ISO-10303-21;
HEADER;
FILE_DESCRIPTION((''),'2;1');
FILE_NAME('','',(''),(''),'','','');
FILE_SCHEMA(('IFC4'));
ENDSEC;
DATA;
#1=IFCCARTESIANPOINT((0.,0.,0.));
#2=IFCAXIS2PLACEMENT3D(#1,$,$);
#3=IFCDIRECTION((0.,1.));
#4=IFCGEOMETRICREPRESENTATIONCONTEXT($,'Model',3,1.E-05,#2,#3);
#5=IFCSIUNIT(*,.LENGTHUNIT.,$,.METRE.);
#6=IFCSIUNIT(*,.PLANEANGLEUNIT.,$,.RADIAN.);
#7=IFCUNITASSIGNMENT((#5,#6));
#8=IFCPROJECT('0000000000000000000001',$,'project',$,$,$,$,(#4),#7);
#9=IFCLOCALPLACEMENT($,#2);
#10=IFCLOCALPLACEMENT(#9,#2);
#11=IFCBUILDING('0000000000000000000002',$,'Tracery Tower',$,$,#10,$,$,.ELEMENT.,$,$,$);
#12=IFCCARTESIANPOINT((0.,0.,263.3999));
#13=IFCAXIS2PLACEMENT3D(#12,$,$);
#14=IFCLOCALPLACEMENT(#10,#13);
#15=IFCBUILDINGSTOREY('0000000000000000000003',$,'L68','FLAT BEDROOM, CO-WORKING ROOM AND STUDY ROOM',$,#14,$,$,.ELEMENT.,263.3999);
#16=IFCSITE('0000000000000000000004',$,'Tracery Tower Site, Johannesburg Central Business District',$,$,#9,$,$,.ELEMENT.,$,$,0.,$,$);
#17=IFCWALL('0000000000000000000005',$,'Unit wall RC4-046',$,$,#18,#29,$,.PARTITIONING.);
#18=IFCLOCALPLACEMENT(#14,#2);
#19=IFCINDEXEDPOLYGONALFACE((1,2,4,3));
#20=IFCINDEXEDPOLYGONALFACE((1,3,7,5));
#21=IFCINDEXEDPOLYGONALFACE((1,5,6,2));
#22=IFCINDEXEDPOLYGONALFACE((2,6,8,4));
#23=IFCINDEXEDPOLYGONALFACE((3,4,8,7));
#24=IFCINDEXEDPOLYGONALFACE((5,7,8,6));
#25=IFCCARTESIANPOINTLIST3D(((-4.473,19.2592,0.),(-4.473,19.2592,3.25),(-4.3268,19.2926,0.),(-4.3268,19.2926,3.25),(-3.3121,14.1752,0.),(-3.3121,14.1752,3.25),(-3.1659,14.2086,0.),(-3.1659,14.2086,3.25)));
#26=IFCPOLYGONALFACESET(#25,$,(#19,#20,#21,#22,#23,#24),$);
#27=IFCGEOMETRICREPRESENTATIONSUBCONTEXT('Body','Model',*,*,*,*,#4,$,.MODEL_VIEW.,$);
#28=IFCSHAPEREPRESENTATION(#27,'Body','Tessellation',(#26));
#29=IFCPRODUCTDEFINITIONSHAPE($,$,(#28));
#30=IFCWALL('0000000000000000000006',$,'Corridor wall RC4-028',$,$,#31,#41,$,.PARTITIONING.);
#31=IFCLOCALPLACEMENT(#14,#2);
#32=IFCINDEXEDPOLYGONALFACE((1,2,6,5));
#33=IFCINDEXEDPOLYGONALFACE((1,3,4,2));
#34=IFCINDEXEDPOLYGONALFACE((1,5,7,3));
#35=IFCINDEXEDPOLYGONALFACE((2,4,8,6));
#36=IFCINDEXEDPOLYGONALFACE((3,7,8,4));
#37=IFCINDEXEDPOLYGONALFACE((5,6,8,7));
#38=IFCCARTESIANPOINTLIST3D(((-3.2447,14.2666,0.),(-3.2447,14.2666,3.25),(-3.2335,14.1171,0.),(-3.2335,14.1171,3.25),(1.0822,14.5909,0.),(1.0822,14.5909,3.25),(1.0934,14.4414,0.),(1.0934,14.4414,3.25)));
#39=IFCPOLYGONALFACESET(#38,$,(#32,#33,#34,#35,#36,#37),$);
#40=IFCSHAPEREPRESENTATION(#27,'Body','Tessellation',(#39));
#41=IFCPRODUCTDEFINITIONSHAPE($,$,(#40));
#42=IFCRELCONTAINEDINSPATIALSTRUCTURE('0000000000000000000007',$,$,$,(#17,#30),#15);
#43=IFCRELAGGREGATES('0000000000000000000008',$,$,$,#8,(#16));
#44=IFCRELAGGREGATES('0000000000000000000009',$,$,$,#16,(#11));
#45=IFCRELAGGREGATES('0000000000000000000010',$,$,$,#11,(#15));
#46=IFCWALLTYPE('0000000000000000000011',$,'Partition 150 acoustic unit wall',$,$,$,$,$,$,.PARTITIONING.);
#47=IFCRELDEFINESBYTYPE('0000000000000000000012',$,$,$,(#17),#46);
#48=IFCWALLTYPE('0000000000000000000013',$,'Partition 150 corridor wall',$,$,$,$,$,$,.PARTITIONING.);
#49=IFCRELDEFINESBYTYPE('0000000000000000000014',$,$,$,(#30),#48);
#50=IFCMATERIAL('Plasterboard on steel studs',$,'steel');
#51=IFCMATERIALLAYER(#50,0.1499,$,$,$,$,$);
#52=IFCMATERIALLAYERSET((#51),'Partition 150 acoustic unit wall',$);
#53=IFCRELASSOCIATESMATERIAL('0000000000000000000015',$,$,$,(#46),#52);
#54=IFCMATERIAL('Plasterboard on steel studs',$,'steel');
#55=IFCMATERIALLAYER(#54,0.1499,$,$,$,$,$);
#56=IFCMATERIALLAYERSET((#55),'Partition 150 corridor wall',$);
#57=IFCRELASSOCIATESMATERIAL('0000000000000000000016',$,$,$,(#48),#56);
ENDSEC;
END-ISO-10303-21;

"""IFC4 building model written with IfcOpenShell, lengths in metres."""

from ifc_helpers import new_model, si_unit, direction, frame, frame_2d, origin, place, context, subcontext, project, spatial, rectangle, extrude, material, layer, layer_set, type_object, element, save


model = new_model("IFC4")

# Units and contexts
model_context = context("Model", 3, precision=1e-05, world=origin(), true_north=direction((0.0, 1.0)))
body_context = subcontext(model_context, "Body", "Model", "MODEL_VIEW")
ifc_project = project(units=[si_unit("LENGTHUNIT", "METRE"), si_unit("PLANEANGLEUNIT", "RADIAN")], contexts=[model_context])

# Site, building, storey
site_placement = place(None, origin())
site = spatial("IfcSite", under=ifc_project, at=site_placement, Name="Tracery Tower Site, Johannesburg Central Business District", CompositionType="ELEMENT", RefElevation=0.0)
building_placement = place(site_placement, origin())
building = spatial("IfcBuilding", under=site, at=building_placement, Name="Tracery Tower", CompositionType="ELEMENT")
storey_placement = place(building_placement, frame((0.0, 0.0, 263.3999)))
storey = spatial("IfcBuildingStorey", under=building, at=storey_placement, Name="L68", Description="FLAT BEDROOM, CO-WORKING ROOM AND STUDY ROOM", CompositionType="ELEMENT", Elevation=263.3999)

# Walls
ifc_material_1 = material(Name="Plasterboard on steel studs", Category="steel")
ifc_layer_1 = layer(ifc_material_1, 0.1499)
ifc_layer_set_1 = layer_set([ifc_layer_1], Name="Partition 150 acoustic unit wall")
wall_type_1 = type_object("IfcWallType", Name="Partition 150 acoustic unit wall", PredefinedType="PARTITIONING", material=ifc_layer_set_1)
wall_1_placement = place(storey_placement, frame((-4.3999, 19.2759, 0.0), z_axis=(0.0, 0.0, 1.0), x_axis=(0.222613, -0.974907, 0.0)))
element("IfcWall", 1, at=wall_1_placement, inside=storey, type_object=wall_type_1, Name="Unit wall RC4-046", PredefinedType="PARTITIONING", context=body_context, shape_type="SweptSolid", body=[
    extrude(rectangle(XDim=5.2148, YDim=0.1499, at=frame_2d((2.6074, 0.0))), origin(), (0.0, 0.0, 1.0), 3.25),
])
ifc_material_2 = material(Name="Plasterboard on steel studs", Category="steel")
ifc_layer_2 = layer(ifc_material_2, 0.1499)
ifc_layer_set_2 = layer_set([ifc_layer_2], Name="Partition 150 corridor wall")
wall_type_2 = type_object("IfcWallType", Name="Partition 150 corridor wall", PredefinedType="PARTITIONING", material=ifc_layer_set_2)
wall_2_placement = place(storey_placement, frame((-3.239, 14.1919, 0.0), z_axis=(0.0, 0.0, 1.0), x_axis=(0.997204, 0.074721, 0.0)))
element("IfcWall", 2, at=wall_2_placement, inside=storey, type_object=wall_type_2, Name="Corridor wall RC4-028", PredefinedType="PARTITIONING", context=body_context, shape_type="SweptSolid", body=[
    extrude(rectangle(XDim=4.3391, YDim=0.1499, at=frame_2d((2.1694, 0.0))), origin(), (0.0, 0.0, 1.0), 3.25),
])

save(model, "model.ifc")
